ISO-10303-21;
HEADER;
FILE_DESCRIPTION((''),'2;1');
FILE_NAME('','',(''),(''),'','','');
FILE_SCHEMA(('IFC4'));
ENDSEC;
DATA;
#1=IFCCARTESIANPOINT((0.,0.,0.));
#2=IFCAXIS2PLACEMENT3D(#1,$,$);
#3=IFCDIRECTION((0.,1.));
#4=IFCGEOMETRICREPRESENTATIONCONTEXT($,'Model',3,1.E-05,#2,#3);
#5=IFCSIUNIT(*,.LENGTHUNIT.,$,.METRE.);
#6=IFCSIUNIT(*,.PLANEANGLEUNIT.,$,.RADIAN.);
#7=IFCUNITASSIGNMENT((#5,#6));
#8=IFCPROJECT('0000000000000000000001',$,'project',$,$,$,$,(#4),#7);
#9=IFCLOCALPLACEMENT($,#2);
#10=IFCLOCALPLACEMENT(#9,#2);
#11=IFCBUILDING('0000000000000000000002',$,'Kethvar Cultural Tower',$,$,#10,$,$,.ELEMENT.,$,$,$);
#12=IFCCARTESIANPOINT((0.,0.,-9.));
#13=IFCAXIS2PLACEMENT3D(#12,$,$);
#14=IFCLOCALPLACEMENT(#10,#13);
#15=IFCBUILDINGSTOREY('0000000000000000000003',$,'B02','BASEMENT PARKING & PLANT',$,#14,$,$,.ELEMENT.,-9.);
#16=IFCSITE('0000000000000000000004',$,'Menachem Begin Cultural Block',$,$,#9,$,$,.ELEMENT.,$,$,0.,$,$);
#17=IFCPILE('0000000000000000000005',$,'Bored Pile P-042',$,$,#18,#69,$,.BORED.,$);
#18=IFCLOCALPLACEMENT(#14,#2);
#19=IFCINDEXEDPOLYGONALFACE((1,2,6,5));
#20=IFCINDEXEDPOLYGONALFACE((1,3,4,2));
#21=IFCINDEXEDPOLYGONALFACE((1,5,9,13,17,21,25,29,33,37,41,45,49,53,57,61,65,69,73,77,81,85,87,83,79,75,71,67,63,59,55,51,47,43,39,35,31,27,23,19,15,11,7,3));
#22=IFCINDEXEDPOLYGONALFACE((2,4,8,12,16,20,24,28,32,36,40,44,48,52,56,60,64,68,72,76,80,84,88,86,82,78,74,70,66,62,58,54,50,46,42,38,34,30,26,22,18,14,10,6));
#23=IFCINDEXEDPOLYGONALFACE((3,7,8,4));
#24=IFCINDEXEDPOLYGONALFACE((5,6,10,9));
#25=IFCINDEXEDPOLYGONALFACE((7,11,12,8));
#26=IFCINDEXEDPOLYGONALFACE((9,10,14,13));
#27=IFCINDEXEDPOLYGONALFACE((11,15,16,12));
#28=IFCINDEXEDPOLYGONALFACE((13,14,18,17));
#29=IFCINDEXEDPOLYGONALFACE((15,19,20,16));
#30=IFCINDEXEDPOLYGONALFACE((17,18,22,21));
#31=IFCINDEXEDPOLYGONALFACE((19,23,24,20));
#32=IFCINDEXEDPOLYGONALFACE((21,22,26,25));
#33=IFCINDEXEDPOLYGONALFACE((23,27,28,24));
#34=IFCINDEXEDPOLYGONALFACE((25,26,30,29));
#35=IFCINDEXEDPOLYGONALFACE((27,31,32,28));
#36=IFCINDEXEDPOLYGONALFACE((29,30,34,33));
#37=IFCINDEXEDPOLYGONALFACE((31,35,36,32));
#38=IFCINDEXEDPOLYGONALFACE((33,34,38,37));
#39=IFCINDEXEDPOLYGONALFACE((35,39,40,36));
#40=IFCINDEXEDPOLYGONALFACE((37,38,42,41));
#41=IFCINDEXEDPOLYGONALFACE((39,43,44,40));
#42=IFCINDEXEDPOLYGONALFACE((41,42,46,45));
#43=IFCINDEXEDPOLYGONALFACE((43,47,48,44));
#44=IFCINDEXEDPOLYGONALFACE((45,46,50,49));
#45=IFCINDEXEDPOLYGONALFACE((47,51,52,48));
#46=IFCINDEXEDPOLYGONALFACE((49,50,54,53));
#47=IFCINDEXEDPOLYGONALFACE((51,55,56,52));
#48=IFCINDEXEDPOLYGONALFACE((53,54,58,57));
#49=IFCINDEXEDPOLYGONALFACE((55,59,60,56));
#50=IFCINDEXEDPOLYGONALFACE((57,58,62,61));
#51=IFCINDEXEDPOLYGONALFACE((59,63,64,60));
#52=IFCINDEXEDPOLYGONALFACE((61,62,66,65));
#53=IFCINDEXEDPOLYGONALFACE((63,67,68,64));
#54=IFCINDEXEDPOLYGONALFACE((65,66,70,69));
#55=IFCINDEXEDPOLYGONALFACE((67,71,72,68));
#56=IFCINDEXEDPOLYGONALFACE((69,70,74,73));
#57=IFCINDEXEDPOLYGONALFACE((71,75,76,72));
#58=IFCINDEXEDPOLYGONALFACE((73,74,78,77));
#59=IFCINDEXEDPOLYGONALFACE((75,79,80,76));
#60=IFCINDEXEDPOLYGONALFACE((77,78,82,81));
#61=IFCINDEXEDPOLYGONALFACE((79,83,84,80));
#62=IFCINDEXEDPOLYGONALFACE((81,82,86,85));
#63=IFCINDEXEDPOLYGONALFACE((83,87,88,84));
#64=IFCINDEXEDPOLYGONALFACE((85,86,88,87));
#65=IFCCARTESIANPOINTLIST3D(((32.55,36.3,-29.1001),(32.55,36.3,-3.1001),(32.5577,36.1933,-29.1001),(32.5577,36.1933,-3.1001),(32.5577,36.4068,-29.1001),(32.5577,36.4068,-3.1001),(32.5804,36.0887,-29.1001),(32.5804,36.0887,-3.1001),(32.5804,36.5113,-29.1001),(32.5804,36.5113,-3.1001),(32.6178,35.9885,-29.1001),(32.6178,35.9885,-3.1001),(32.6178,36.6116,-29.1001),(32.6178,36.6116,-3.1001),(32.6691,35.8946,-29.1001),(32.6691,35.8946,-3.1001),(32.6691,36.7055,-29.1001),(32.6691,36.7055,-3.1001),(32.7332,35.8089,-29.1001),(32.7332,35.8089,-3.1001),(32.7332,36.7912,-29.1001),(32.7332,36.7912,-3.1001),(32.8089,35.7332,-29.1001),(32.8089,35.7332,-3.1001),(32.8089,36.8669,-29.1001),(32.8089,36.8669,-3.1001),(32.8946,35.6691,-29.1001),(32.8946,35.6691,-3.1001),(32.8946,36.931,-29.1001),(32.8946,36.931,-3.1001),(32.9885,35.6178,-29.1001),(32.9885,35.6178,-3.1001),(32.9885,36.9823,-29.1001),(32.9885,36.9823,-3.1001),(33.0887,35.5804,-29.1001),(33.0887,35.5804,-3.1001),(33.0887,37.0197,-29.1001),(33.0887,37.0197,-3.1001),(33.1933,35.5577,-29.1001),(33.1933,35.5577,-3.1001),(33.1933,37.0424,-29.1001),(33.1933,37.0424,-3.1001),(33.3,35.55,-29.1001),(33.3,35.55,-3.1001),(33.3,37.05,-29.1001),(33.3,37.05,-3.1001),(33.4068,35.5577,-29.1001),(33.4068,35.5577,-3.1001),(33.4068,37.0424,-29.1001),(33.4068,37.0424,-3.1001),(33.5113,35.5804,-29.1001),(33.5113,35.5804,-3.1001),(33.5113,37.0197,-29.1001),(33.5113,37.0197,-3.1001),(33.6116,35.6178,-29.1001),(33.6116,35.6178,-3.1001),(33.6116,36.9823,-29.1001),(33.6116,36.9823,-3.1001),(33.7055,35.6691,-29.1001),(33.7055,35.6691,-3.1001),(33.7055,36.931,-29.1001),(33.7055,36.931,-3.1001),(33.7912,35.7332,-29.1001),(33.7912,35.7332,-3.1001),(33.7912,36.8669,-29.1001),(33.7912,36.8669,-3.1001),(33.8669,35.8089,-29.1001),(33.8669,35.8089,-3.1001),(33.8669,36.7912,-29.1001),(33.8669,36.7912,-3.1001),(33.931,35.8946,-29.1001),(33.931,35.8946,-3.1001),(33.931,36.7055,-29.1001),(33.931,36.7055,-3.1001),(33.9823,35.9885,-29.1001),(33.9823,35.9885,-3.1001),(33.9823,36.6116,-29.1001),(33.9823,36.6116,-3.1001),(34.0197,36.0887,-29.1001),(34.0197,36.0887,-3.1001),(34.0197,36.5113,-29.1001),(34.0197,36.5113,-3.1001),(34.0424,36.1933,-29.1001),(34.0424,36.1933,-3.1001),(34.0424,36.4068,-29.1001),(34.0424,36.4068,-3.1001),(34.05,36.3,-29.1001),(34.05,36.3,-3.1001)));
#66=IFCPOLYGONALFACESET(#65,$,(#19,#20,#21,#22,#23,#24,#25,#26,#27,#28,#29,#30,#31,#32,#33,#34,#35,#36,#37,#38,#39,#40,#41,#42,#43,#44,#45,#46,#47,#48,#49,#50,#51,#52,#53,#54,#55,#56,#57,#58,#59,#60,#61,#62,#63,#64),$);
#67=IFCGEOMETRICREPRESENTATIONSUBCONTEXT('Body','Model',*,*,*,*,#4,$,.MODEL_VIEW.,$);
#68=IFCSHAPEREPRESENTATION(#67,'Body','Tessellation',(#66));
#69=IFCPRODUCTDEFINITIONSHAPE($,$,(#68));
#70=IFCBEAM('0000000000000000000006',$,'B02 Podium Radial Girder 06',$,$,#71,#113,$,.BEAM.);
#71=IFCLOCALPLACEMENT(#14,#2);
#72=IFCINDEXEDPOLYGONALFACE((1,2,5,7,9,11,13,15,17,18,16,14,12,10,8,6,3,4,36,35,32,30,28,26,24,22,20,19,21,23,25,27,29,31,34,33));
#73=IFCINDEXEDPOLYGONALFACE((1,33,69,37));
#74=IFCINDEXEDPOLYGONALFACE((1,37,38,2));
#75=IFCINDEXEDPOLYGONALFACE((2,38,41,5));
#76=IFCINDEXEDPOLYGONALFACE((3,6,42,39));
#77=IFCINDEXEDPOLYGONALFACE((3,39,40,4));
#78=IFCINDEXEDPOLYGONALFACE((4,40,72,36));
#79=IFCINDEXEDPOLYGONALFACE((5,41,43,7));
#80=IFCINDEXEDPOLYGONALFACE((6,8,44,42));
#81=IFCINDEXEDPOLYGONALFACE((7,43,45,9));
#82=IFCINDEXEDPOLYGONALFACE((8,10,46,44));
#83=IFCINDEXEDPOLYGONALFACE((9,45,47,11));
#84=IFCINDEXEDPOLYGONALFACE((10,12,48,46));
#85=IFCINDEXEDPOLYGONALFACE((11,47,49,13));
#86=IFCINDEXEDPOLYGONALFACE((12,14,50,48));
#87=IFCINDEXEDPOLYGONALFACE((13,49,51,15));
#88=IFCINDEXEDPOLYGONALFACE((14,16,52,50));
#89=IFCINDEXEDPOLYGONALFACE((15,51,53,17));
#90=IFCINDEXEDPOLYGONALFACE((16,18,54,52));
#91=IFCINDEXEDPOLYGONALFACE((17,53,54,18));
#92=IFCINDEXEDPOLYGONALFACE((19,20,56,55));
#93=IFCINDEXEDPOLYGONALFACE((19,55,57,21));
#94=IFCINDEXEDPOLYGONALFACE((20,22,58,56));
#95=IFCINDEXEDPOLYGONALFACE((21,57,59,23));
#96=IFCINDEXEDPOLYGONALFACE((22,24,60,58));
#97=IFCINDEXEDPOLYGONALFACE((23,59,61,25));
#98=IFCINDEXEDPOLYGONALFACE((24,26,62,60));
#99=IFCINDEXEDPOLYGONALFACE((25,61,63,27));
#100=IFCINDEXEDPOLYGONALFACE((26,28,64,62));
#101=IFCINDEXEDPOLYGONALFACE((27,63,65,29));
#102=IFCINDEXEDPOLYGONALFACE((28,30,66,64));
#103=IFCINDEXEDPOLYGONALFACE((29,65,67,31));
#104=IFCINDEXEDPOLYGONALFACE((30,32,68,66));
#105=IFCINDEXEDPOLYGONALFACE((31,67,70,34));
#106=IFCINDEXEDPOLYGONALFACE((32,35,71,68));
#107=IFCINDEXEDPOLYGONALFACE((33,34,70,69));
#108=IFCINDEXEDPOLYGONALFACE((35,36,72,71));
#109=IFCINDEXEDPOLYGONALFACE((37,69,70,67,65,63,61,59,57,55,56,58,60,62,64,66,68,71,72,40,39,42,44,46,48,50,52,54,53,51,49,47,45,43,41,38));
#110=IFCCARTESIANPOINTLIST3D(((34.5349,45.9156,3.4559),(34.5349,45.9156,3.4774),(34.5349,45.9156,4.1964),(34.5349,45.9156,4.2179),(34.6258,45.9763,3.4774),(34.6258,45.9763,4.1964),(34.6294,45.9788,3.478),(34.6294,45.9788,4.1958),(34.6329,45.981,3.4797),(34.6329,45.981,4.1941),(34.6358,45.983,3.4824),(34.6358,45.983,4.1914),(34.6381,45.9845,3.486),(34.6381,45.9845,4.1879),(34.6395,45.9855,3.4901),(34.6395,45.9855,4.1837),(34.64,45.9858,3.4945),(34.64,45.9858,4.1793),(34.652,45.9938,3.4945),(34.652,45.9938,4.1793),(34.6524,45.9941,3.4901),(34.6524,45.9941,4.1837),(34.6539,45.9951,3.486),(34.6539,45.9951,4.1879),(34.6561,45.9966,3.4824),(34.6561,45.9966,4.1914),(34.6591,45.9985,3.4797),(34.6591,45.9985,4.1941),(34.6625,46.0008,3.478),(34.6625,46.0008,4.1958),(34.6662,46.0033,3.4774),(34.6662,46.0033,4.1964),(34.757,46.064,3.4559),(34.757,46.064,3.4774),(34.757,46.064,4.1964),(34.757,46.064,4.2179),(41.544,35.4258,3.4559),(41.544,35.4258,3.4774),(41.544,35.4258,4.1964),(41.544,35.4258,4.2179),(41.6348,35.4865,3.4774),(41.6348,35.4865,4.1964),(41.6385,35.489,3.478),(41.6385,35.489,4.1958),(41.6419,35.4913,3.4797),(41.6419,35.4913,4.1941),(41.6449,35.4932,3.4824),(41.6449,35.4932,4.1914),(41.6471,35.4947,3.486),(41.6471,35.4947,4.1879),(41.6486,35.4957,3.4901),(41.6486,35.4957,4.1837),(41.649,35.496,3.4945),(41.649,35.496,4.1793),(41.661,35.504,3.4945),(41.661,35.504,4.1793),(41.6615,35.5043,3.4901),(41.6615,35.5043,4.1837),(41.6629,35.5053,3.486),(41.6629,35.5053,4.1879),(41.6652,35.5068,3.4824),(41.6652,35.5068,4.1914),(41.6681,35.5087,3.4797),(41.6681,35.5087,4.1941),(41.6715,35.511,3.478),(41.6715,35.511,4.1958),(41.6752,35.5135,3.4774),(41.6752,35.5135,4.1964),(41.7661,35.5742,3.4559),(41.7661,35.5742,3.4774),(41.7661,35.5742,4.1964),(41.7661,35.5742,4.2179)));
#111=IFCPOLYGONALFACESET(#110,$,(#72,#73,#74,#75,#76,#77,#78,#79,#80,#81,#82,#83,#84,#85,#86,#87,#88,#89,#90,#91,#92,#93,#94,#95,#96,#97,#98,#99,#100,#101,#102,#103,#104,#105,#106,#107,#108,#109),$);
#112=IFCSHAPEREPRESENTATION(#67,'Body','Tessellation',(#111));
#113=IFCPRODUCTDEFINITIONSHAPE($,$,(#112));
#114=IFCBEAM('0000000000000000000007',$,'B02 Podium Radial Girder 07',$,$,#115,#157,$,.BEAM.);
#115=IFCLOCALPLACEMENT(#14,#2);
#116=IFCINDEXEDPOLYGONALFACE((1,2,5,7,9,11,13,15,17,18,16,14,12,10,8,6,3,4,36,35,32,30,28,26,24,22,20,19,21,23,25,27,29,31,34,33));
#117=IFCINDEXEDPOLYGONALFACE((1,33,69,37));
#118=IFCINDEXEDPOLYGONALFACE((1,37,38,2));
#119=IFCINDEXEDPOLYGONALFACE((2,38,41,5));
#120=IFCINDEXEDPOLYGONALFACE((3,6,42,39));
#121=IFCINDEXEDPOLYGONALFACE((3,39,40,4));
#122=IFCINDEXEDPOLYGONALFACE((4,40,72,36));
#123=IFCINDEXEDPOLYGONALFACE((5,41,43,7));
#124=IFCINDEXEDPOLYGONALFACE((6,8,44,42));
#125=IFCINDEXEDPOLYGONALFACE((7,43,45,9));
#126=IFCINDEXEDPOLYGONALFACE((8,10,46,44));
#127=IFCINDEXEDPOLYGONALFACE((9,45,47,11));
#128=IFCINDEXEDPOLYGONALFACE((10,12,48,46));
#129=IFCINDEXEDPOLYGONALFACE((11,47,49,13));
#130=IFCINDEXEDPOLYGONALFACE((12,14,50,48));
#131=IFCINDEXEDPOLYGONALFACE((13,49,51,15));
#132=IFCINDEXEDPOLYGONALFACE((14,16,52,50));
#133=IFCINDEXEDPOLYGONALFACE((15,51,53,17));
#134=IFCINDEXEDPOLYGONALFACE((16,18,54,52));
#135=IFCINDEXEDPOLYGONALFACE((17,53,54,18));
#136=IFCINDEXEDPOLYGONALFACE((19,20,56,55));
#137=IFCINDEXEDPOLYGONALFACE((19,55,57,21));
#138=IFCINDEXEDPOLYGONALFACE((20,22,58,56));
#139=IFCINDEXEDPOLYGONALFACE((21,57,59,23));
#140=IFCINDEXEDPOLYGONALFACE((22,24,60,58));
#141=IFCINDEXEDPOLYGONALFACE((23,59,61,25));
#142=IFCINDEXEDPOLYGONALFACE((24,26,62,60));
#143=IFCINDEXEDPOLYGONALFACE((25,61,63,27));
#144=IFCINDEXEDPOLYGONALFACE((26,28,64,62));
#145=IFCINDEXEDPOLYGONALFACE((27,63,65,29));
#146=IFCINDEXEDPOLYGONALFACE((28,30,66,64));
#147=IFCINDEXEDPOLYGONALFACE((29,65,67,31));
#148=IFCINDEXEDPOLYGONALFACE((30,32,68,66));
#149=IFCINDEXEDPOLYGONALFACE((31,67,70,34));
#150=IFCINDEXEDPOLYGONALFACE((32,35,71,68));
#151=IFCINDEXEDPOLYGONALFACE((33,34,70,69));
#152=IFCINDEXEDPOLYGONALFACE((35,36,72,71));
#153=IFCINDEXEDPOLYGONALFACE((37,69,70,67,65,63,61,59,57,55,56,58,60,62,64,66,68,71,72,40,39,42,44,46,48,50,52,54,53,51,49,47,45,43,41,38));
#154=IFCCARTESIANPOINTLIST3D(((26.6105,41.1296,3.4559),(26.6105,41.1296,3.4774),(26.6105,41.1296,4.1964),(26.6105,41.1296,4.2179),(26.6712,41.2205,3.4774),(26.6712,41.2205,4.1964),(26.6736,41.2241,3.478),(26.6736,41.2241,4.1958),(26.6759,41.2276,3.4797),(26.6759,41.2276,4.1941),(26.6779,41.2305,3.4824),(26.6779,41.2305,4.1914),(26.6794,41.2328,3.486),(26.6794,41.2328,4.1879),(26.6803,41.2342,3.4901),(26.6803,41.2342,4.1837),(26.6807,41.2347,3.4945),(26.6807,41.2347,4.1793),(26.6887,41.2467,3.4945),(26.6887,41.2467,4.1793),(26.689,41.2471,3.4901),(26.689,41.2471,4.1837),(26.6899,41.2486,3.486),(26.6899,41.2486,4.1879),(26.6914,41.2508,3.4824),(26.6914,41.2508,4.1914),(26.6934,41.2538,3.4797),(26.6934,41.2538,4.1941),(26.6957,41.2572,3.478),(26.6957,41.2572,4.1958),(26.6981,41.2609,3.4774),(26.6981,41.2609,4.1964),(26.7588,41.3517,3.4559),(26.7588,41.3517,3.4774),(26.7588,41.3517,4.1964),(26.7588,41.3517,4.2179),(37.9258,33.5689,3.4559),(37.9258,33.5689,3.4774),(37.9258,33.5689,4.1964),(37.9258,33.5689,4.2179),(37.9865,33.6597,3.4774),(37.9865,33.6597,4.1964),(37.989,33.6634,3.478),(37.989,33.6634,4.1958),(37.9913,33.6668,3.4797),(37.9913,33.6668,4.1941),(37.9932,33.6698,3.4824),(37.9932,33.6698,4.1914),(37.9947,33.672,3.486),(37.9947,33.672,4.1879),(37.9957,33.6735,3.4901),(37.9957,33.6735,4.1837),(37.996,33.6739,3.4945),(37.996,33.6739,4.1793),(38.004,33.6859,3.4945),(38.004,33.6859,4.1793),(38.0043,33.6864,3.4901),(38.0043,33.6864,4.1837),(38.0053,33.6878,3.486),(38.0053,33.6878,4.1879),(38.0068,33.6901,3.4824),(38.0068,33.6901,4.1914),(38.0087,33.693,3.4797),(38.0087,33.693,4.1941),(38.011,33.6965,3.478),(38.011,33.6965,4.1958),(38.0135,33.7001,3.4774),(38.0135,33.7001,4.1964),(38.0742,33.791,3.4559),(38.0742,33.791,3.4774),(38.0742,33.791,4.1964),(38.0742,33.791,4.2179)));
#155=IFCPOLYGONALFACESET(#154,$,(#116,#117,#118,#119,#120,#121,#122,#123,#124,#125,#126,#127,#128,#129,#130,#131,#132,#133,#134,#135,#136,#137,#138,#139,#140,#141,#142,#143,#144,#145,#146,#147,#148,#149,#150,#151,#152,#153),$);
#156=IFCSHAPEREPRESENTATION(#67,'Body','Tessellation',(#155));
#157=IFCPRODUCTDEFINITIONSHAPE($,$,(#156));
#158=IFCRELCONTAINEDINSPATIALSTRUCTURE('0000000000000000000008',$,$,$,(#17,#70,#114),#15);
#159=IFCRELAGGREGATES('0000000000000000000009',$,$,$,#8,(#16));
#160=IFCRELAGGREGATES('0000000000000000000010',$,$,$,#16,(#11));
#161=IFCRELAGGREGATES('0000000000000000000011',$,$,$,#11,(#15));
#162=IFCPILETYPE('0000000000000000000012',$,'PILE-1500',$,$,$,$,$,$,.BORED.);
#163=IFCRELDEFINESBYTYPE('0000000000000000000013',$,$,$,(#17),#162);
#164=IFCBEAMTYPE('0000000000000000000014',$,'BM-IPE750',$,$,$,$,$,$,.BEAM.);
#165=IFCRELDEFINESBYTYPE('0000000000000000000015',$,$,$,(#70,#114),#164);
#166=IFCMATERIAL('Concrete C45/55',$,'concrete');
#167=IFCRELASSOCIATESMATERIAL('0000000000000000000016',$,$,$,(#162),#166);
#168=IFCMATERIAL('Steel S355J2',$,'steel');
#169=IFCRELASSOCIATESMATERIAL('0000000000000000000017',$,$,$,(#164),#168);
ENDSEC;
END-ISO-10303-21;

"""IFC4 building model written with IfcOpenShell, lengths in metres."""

from ifc_helpers import new_model, si_unit, direction, frame, origin, origin_2d, place, context, subcontext, project, spatial, circle, i_section, extrude, source, transform, mapped, material, material_profile, profile_set, type_object, element, save


model = new_model("IFC4")

# Units and contexts
model_context = context("Model", 3, precision=1e-05, world=origin(), true_north=direction((0.0, 1.0)))
body_context = subcontext(model_context, "Body", "Model", "MODEL_VIEW")
ifc_project = project(units=[si_unit("LENGTHUNIT", "METRE"), si_unit("PLANEANGLEUNIT", "RADIAN")], contexts=[model_context])

# Site, building, storey
site_placement = place(None, origin())
site = spatial("IfcSite", under=ifc_project, at=site_placement, Name="Menachem Begin Cultural Block", CompositionType="ELEMENT", RefElevation=0.0)
building_placement = place(site_placement, origin())
building = spatial("IfcBuilding", under=site, at=building_placement, Name="Kethvar Cultural Tower", CompositionType="ELEMENT")
storey_placement = place(building_placement, frame((0.0, 0.0, -9.0)))
storey = spatial("IfcBuildingStorey", under=building, at=storey_placement, Name="B02", Description="BASEMENT PARKING & PLANT", CompositionType="ELEMENT", Elevation=-9.0)

# Pile
ifc_material_1 = material(Name="Concrete C45/55", Category="concrete")
ifc_material_profile_1 = material_profile(ifc_material_1, circle(Radius=0.75, at=origin_2d()), Name="Concrete C45/55 — PILE1500")
ifc_profile_set_1 = profile_set([ifc_material_profile_1], Name="Concrete C45/55 — PILE1500")
pile_type = type_object("IfcPileType", Name="PILE-1500", PredefinedType="BORED", material=ifc_profile_set_1)
shared_shape_1 = source(origin(), body_context, "Body", "SweptSolid", [
    extrude(circle(Radius=0.75, at=origin_2d()), origin(), (0.0, 0.0, 1.0), 26.0),
])
for number, where, z_axis, x_axis, name in (
    (1, (33.3, 36.3, -3.1001), (0.0, 0.0, -1.0), (1.0, 0.0, 0.0), "Bored Pile P-042"),
):
    element("IfcPile", number, at=place(storey_placement, frame(where, z_axis=z_axis, x_axis=x_axis)), inside=storey, type_object=pile_type, Name=name, PredefinedType="BORED", context=body_context, shape_type="MappedRepresentation", body=[
        mapped(shared_shape_1, transform((0.0, 0.0, 0.0), scale=1.0)),
    ])

# Beams
ifc_material_2 = material(Name="Steel S355J2", Category="steel")
ifc_material_profile_2 = material_profile(ifc_material_2, i_section(OverallWidth=0.2671, OverallDepth=0.762, WebThickness=0.0144, FlangeThickness=0.0215, FilletRadius=0.0171, at=origin_2d()), Name="Steel S355J2 — IPE750x173")
ifc_profile_set_2 = profile_set([ifc_material_profile_2], Name="Steel S355J2 — IPE750x173")
beam_type = type_object("IfcBeamType", Name="BM-IPE750", PredefinedType="BEAM", material=ifc_profile_set_2)
shared_shape_2 = source(origin(), body_context, "Body", "SweptSolid", [
    extrude(i_section(OverallWidth=0.2671, OverallDepth=0.762, WebThickness=0.0144, FlangeThickness=0.0215, FilletRadius=0.0171, at=origin_2d()), origin(), (0.0, 0.0, 1.0), 12.616),
])
beam_1_placement = place(storey_placement, frame((41.655, 35.5, 3.8369), z_axis=(-0.555571, 0.831469, 0.0), x_axis=(-0.831469, -0.555571, 0.0)))
element("IfcBeam", 2, at=beam_1_placement, inside=storey, type_object=beam_type, Name="B02 Podium Radial Girder 06", PredefinedType="BEAM", context=body_context, shape_type="MappedRepresentation", body=[
    mapped(shared_shape_2, transform((0.0, 0.0, 0.0), scale=1.0)),
])
shared_shape_3 = source(origin(), body_context, "Body", "SweptSolid", [
    extrude(i_section(OverallWidth=0.2671, OverallDepth=0.762, WebThickness=0.0144, FlangeThickness=0.0215, FilletRadius=0.0171, at=origin_2d()), origin(), (0.0, 0.0, 1.0), 13.6089),
])
beam_2_placement = place(storey_placement, frame((38.0, 33.6799, 3.8369), z_axis=(-0.831467, 0.555573, 0.0), x_axis=(-0.555573, -0.831467, 0.0)))
element("IfcBeam", 3, at=beam_2_placement, inside=storey, type_object=beam_type, Name="B02 Podium Radial Girder 07", PredefinedType="BEAM", context=body_context, shape_type="MappedRepresentation", body=[
    mapped(shared_shape_3, transform((0.0, 0.0, 0.0), scale=1.0)),
])

save(model, "model.ifc")
